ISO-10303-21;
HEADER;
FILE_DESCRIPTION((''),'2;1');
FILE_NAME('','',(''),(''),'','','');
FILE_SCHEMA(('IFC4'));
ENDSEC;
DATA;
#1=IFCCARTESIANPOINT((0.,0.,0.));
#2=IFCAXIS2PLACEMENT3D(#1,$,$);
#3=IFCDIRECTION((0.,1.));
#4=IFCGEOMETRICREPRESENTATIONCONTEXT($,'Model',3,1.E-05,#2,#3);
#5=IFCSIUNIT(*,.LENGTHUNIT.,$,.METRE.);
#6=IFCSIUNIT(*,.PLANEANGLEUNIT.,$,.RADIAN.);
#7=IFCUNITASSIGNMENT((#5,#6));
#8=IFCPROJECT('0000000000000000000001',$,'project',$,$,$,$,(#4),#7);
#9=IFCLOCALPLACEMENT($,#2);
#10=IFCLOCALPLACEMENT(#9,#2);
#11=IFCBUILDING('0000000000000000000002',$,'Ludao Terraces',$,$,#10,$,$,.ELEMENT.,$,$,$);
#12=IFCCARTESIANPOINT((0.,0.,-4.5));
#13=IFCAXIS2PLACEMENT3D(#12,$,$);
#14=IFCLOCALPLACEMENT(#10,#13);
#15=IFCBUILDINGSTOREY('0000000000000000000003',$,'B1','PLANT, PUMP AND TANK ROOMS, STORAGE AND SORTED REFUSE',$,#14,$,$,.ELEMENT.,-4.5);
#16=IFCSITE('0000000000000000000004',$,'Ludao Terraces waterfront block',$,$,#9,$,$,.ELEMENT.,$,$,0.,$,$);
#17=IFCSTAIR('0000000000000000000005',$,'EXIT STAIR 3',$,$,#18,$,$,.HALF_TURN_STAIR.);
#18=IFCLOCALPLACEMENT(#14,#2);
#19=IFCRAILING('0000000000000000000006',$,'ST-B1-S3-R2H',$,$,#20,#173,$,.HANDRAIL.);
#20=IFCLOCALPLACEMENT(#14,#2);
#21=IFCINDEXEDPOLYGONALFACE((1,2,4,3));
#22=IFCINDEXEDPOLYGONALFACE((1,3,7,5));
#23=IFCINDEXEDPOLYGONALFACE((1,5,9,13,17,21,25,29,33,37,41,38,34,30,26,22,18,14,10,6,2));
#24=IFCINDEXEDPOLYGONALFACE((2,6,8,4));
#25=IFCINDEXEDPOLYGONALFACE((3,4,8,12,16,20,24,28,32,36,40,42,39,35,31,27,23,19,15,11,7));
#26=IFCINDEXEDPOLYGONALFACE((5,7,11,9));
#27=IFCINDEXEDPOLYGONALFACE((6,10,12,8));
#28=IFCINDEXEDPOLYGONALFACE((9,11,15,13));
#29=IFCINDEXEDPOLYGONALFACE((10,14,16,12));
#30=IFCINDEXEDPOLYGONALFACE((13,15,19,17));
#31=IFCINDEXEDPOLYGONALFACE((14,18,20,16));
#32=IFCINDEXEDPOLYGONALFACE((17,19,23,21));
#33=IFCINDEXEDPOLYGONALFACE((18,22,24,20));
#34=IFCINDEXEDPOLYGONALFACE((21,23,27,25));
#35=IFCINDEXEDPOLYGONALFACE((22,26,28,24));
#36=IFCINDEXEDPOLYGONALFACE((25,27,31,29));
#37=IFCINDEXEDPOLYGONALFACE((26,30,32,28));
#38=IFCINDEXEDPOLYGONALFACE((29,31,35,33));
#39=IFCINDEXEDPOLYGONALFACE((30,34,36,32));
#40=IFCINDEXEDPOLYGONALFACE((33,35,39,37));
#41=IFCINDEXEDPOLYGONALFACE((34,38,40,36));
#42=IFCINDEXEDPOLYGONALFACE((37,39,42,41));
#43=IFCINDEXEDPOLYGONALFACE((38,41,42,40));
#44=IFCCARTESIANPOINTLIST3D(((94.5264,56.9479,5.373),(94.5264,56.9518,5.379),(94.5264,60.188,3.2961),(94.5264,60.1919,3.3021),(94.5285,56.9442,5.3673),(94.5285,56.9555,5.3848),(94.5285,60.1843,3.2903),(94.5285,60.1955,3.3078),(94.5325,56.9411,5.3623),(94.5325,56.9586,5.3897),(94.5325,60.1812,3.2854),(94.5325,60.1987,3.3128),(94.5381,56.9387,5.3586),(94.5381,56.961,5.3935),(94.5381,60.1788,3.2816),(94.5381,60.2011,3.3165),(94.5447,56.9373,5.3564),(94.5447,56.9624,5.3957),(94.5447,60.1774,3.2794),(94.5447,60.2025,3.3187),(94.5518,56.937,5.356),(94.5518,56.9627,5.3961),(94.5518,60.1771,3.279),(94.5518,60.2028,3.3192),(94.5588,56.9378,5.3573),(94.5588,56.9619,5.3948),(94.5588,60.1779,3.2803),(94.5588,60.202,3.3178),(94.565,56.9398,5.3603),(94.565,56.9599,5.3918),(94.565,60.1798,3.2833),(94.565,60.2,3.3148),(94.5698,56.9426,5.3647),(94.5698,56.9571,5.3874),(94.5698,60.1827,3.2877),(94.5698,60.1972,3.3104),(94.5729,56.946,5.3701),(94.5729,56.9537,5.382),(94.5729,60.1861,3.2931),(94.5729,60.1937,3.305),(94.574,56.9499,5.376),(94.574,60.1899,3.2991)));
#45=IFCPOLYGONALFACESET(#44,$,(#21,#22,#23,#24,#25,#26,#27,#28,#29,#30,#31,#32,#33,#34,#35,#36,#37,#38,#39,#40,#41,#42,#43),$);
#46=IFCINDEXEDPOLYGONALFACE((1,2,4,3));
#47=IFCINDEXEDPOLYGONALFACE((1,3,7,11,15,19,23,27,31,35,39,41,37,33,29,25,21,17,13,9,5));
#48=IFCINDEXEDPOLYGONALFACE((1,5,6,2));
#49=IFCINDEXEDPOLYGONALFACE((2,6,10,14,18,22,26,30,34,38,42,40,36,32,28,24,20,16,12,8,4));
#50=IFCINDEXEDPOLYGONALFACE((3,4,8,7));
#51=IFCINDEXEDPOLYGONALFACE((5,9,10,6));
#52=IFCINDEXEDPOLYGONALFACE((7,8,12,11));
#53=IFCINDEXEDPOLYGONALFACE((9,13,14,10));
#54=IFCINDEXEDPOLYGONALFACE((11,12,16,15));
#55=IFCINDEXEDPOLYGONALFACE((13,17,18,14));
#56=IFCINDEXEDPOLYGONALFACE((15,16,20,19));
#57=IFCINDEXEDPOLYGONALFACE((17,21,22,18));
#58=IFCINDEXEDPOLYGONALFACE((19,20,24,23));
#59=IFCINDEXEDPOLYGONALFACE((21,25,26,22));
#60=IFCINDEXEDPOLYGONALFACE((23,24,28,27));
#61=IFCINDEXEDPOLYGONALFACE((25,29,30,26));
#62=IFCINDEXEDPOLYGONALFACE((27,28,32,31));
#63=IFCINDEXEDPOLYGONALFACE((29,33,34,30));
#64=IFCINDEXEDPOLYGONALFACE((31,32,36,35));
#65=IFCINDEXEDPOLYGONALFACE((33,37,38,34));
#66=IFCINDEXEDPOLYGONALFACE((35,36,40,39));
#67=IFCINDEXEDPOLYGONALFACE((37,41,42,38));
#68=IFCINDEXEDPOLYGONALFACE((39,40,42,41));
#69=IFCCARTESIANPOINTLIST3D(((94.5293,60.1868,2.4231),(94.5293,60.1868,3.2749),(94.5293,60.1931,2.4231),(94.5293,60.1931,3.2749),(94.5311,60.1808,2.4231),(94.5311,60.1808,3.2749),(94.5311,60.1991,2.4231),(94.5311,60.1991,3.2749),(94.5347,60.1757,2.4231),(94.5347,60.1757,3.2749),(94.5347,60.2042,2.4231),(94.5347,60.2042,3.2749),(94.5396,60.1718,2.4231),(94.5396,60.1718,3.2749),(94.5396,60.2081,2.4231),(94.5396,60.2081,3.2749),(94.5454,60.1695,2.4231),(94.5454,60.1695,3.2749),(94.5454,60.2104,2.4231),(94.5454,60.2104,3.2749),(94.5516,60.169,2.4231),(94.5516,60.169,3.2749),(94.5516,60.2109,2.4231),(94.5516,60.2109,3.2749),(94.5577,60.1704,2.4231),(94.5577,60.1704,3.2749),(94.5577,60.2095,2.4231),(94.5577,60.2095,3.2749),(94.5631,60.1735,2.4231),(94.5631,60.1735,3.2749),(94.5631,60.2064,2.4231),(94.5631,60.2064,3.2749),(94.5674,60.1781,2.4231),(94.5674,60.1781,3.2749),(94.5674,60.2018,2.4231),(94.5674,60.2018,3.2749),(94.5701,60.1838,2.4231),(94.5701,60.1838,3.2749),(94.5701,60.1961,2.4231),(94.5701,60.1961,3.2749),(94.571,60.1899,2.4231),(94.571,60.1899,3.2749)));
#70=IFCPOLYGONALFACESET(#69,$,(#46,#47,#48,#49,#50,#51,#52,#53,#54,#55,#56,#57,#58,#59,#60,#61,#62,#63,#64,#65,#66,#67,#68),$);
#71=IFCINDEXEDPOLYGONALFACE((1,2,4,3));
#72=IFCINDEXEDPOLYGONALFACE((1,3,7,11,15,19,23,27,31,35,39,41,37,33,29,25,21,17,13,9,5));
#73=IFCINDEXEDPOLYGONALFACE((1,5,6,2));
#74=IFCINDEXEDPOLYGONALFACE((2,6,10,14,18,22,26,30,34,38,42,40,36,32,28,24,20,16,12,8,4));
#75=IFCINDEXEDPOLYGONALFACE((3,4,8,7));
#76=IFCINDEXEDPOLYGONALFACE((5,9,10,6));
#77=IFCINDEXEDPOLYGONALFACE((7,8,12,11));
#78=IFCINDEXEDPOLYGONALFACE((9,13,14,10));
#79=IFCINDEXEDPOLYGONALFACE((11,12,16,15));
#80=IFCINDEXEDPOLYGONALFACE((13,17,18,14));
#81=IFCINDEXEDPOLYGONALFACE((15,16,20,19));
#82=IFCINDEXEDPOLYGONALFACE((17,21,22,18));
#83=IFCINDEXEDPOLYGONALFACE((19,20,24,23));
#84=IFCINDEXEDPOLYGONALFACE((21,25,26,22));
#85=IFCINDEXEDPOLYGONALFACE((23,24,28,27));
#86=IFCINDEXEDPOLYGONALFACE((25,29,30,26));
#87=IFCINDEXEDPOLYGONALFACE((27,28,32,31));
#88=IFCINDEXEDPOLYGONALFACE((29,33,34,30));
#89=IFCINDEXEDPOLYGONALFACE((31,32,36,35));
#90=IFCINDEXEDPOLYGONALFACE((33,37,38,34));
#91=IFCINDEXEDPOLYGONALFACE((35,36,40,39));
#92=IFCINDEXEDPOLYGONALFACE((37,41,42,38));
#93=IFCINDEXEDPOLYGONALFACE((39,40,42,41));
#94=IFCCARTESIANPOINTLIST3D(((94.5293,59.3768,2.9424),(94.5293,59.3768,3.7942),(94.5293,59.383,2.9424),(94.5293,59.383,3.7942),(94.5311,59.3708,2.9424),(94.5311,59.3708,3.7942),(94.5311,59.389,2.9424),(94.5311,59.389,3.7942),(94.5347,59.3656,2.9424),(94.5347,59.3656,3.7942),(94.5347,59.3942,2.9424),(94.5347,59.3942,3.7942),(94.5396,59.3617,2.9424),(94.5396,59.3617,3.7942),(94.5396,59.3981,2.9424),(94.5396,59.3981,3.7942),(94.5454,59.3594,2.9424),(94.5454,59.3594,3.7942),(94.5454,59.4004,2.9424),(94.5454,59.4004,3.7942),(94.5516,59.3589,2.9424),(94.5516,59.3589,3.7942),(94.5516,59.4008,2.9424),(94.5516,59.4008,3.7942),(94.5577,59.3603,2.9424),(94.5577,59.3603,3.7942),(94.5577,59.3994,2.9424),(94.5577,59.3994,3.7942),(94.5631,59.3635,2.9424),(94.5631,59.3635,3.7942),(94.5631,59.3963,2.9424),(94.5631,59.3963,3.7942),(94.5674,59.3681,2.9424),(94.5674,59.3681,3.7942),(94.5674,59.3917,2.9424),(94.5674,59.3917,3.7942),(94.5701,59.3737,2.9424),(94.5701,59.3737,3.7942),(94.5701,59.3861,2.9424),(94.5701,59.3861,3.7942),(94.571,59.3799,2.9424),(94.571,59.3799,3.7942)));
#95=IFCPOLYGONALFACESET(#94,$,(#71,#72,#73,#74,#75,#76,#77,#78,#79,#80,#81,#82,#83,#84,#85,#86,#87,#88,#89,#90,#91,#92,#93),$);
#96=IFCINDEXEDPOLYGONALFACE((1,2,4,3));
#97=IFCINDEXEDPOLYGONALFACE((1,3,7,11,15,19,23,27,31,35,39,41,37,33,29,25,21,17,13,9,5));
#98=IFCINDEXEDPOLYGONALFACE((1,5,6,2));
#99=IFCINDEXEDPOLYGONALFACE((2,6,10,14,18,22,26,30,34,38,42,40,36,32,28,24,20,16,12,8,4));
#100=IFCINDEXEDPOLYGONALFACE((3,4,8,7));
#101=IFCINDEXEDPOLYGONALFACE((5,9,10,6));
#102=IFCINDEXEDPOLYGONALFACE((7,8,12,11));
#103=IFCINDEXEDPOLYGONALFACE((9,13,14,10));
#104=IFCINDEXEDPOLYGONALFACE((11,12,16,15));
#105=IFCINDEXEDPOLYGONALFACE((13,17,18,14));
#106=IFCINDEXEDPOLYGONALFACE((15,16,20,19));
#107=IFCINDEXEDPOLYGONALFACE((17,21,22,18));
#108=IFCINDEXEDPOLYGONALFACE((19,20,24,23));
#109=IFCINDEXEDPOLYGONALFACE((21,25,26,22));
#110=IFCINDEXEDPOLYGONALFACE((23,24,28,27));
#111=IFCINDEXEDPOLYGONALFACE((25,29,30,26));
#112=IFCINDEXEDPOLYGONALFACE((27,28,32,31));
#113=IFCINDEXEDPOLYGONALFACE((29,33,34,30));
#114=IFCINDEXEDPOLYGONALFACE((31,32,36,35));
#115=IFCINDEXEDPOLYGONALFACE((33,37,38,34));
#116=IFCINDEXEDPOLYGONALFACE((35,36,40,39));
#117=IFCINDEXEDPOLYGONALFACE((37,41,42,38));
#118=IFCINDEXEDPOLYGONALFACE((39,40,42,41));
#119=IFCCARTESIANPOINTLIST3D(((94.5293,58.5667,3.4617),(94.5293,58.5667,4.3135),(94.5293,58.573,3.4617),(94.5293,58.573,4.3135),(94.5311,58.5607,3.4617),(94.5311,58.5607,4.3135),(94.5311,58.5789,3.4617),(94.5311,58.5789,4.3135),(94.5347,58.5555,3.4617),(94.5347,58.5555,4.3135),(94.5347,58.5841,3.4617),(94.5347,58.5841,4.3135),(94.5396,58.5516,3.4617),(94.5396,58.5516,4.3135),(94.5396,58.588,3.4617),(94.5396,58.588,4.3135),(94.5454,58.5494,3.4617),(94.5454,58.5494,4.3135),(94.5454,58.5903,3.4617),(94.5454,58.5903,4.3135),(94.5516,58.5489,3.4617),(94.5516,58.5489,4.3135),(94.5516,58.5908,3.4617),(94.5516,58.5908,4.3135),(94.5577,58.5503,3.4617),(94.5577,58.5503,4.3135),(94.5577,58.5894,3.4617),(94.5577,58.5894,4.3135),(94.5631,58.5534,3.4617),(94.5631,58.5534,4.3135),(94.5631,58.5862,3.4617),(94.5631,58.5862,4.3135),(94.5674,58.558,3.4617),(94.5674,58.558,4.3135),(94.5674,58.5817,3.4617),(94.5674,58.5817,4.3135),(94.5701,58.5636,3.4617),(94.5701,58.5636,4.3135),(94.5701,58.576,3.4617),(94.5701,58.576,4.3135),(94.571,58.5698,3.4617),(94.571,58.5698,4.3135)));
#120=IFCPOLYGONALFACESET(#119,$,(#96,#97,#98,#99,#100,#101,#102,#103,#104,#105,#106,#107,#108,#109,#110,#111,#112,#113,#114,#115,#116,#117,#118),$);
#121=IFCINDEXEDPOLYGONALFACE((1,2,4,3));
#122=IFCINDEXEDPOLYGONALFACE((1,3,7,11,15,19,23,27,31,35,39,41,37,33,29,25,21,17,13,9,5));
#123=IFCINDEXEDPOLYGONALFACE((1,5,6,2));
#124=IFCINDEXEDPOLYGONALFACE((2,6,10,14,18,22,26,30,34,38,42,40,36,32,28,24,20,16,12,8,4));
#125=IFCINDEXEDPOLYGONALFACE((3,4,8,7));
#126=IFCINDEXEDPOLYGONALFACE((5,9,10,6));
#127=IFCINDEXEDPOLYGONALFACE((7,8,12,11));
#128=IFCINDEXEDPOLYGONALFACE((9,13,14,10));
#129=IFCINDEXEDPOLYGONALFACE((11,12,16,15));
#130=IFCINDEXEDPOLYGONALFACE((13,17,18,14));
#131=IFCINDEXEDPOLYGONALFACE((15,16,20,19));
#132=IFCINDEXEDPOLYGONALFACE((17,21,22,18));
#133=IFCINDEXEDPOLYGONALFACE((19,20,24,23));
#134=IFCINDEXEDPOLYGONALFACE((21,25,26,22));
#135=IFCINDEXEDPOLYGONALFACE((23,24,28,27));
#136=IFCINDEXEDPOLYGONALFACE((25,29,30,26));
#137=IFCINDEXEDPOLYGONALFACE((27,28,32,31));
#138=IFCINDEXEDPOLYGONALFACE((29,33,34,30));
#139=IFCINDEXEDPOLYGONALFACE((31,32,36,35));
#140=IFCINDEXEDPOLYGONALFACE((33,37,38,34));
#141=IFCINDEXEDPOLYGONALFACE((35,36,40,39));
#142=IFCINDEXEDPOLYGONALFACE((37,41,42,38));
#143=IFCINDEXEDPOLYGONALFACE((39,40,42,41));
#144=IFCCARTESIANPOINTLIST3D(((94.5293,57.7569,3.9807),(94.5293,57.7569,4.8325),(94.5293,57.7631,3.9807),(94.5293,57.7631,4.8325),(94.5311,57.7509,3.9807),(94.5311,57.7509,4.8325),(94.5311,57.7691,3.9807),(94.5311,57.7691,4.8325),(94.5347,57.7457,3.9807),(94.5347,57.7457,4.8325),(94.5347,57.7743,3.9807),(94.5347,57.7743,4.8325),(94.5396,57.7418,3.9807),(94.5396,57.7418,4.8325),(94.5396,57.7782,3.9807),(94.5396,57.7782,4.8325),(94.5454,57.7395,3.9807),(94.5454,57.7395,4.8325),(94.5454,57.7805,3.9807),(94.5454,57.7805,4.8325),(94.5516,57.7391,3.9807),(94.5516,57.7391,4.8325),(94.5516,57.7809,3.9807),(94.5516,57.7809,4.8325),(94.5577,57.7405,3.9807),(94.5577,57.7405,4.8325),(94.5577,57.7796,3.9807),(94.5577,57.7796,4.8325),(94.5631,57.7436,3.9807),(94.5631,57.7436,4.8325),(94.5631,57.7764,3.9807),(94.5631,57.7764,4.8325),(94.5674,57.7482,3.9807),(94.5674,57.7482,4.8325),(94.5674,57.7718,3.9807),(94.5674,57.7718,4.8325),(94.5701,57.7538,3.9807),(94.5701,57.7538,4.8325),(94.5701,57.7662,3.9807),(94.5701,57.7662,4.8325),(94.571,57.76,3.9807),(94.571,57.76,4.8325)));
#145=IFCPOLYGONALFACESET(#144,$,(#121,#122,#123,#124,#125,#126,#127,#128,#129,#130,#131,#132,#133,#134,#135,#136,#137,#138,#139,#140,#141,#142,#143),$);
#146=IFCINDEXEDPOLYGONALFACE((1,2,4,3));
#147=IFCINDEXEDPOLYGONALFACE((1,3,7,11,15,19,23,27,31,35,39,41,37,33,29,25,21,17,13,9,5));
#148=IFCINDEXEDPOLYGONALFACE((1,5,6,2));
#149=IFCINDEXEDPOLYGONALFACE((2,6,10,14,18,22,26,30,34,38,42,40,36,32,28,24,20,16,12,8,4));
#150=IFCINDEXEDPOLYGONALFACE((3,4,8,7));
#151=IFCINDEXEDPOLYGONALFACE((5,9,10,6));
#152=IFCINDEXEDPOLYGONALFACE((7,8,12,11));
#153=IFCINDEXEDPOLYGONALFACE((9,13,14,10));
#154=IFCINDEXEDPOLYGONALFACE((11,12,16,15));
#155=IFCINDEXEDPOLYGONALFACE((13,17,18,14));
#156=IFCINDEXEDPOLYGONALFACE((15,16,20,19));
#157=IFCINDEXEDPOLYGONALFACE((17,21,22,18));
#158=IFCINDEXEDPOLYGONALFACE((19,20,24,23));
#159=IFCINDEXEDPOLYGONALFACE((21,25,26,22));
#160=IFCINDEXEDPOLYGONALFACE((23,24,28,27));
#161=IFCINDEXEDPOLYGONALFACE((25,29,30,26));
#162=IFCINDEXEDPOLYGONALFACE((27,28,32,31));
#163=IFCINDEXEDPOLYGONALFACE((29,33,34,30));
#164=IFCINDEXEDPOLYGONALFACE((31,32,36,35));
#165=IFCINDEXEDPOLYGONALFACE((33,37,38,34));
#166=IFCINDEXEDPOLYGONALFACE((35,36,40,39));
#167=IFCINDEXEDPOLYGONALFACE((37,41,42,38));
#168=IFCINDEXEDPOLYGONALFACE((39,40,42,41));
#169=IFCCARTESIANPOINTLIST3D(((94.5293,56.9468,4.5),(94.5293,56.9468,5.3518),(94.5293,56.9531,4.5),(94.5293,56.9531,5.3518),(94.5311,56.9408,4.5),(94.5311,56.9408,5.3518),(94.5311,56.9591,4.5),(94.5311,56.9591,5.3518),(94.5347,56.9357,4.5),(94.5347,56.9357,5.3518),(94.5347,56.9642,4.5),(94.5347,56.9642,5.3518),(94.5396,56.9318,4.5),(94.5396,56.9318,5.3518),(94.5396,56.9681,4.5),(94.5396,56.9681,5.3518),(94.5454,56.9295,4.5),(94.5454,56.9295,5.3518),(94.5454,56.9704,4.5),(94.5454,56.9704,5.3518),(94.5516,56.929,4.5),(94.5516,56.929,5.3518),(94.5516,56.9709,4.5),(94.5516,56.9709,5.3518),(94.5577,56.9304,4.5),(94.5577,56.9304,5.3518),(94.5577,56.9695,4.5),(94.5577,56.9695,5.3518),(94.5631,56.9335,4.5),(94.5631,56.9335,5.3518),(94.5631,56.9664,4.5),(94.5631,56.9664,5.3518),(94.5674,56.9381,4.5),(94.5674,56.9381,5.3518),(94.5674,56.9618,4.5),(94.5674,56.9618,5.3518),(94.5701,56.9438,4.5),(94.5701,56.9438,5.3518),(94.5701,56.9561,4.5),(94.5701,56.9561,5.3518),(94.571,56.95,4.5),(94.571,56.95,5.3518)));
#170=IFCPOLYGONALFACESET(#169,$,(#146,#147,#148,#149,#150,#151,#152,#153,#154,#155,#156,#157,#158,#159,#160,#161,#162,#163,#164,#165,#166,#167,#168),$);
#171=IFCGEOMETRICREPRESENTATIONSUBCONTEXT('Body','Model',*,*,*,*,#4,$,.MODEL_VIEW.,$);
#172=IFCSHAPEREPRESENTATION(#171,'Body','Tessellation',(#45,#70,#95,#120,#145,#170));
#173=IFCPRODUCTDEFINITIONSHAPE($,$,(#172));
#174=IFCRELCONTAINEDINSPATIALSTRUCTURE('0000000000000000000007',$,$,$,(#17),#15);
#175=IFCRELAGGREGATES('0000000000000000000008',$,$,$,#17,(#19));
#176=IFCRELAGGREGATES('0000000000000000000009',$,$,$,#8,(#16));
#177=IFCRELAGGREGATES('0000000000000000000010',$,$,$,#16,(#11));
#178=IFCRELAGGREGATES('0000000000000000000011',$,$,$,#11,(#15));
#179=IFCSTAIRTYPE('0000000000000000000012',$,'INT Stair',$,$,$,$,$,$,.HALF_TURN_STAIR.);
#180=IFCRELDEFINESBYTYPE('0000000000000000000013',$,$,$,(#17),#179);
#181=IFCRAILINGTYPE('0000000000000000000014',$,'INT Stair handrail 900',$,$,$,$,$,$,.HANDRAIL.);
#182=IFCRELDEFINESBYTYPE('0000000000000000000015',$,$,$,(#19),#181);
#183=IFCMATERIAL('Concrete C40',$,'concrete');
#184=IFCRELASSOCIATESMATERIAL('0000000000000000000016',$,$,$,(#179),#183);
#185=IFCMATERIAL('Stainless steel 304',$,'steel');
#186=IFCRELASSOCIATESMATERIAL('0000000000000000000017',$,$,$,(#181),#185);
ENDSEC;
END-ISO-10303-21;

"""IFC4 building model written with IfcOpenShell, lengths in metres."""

from ifc_helpers import new_model, si_unit, direction, frame, origin, origin_2d, place, context, subcontext, project, spatial, circle, extrude, material, type_object, element, aggregate, save


model = new_model("IFC4")

# Units and contexts
model_context = context("Model", 3, precision=1e-05, world=origin(), true_north=direction((0.0, 1.0)))
body_context = subcontext(model_context, "Body", "Model", "MODEL_VIEW")
ifc_project = project(units=[si_unit("LENGTHUNIT", "METRE"), si_unit("PLANEANGLEUNIT", "RADIAN")], contexts=[model_context])

# Site, building, storey
site_placement = place(None, origin())
site = spatial("IfcSite", under=ifc_project, at=site_placement, Name="Ludao Terraces waterfront block", CompositionType="ELEMENT", RefElevation=0.0)
building_placement = place(site_placement, origin())
building = spatial("IfcBuilding", under=site, at=building_placement, Name="Ludao Terraces", CompositionType="ELEMENT")
storey_placement = place(building_placement, frame((0.0, 0.0, -4.5)))
storey = spatial("IfcBuildingStorey", under=building, at=storey_placement, Name="B1", Description="PLANT, PUMP AND TANK ROOMS, STORAGE AND SORTED REFUSE", CompositionType="ELEMENT", Elevation=-4.5)

# Stair, railing
ifc_material_1 = material(Name="Concrete C40", Category="concrete")
stair_type = type_object("IfcStairType", Name="INT Stair", PredefinedType="HALF_TURN_STAIR", material=ifc_material_1)
stair_placement = place(storey_placement, origin())
stair = element("IfcStair", 1, at=stair_placement, inside=storey, type_object=stair_type, Name="EXIT STAIR 3", PredefinedType="HALF_TURN_STAIR")
ifc_material_2 = material(Name="Stainless steel 304", Category="steel")
railing_type_1 = type_object("IfcRailingType", Name="INT Stair handrail 900", PredefinedType="HANDRAIL", material=ifc_material_2)
railing_1_placement = place(storey_placement, frame((94.55, 60.1899, 2.4231)))
railing_1 = element("IfcRailing", 2, at=railing_1_placement, type_object=railing_type_1, Name="ST-B1-S3-R2H", PredefinedType="HANDRAIL", context=body_context, shape_type="SweptSolid", body=[
    extrude(circle(Radius=0.0239, at=origin_2d()), frame((0.0, 0.0, 0.876), z_axis=(0.0, -0.841881, 0.539664), x_axis=(1.0, 0.0, 0.0)), (0.0, 0.0, 1.0), 3.8486),
    extrude(circle(Radius=0.021, at=origin_2d()), origin(), (0.0, 0.0, 1.0), 0.8518),
    extrude(circle(Radius=0.021, at=origin_2d()), frame((0.0, -0.8101, 0.5193)), (0.0, 0.0, 1.0), 0.8518),
    extrude(circle(Radius=0.021, at=origin_2d()), frame((0.0, -1.6201, 1.0386)), (0.0, 0.0, 1.0), 0.8518),
    extrude(circle(Radius=0.021, at=origin_2d()), frame((0.0, -2.4299, 1.5576)), (0.0, 0.0, 1.0), 0.8518),
    extrude(circle(Radius=0.021, at=origin_2d()), frame((0.0, -3.24, 2.0769)), (0.0, 0.0, 1.0), 0.8518),
])
aggregate(stair, [railing_1])

save(model, "model.ifc")
